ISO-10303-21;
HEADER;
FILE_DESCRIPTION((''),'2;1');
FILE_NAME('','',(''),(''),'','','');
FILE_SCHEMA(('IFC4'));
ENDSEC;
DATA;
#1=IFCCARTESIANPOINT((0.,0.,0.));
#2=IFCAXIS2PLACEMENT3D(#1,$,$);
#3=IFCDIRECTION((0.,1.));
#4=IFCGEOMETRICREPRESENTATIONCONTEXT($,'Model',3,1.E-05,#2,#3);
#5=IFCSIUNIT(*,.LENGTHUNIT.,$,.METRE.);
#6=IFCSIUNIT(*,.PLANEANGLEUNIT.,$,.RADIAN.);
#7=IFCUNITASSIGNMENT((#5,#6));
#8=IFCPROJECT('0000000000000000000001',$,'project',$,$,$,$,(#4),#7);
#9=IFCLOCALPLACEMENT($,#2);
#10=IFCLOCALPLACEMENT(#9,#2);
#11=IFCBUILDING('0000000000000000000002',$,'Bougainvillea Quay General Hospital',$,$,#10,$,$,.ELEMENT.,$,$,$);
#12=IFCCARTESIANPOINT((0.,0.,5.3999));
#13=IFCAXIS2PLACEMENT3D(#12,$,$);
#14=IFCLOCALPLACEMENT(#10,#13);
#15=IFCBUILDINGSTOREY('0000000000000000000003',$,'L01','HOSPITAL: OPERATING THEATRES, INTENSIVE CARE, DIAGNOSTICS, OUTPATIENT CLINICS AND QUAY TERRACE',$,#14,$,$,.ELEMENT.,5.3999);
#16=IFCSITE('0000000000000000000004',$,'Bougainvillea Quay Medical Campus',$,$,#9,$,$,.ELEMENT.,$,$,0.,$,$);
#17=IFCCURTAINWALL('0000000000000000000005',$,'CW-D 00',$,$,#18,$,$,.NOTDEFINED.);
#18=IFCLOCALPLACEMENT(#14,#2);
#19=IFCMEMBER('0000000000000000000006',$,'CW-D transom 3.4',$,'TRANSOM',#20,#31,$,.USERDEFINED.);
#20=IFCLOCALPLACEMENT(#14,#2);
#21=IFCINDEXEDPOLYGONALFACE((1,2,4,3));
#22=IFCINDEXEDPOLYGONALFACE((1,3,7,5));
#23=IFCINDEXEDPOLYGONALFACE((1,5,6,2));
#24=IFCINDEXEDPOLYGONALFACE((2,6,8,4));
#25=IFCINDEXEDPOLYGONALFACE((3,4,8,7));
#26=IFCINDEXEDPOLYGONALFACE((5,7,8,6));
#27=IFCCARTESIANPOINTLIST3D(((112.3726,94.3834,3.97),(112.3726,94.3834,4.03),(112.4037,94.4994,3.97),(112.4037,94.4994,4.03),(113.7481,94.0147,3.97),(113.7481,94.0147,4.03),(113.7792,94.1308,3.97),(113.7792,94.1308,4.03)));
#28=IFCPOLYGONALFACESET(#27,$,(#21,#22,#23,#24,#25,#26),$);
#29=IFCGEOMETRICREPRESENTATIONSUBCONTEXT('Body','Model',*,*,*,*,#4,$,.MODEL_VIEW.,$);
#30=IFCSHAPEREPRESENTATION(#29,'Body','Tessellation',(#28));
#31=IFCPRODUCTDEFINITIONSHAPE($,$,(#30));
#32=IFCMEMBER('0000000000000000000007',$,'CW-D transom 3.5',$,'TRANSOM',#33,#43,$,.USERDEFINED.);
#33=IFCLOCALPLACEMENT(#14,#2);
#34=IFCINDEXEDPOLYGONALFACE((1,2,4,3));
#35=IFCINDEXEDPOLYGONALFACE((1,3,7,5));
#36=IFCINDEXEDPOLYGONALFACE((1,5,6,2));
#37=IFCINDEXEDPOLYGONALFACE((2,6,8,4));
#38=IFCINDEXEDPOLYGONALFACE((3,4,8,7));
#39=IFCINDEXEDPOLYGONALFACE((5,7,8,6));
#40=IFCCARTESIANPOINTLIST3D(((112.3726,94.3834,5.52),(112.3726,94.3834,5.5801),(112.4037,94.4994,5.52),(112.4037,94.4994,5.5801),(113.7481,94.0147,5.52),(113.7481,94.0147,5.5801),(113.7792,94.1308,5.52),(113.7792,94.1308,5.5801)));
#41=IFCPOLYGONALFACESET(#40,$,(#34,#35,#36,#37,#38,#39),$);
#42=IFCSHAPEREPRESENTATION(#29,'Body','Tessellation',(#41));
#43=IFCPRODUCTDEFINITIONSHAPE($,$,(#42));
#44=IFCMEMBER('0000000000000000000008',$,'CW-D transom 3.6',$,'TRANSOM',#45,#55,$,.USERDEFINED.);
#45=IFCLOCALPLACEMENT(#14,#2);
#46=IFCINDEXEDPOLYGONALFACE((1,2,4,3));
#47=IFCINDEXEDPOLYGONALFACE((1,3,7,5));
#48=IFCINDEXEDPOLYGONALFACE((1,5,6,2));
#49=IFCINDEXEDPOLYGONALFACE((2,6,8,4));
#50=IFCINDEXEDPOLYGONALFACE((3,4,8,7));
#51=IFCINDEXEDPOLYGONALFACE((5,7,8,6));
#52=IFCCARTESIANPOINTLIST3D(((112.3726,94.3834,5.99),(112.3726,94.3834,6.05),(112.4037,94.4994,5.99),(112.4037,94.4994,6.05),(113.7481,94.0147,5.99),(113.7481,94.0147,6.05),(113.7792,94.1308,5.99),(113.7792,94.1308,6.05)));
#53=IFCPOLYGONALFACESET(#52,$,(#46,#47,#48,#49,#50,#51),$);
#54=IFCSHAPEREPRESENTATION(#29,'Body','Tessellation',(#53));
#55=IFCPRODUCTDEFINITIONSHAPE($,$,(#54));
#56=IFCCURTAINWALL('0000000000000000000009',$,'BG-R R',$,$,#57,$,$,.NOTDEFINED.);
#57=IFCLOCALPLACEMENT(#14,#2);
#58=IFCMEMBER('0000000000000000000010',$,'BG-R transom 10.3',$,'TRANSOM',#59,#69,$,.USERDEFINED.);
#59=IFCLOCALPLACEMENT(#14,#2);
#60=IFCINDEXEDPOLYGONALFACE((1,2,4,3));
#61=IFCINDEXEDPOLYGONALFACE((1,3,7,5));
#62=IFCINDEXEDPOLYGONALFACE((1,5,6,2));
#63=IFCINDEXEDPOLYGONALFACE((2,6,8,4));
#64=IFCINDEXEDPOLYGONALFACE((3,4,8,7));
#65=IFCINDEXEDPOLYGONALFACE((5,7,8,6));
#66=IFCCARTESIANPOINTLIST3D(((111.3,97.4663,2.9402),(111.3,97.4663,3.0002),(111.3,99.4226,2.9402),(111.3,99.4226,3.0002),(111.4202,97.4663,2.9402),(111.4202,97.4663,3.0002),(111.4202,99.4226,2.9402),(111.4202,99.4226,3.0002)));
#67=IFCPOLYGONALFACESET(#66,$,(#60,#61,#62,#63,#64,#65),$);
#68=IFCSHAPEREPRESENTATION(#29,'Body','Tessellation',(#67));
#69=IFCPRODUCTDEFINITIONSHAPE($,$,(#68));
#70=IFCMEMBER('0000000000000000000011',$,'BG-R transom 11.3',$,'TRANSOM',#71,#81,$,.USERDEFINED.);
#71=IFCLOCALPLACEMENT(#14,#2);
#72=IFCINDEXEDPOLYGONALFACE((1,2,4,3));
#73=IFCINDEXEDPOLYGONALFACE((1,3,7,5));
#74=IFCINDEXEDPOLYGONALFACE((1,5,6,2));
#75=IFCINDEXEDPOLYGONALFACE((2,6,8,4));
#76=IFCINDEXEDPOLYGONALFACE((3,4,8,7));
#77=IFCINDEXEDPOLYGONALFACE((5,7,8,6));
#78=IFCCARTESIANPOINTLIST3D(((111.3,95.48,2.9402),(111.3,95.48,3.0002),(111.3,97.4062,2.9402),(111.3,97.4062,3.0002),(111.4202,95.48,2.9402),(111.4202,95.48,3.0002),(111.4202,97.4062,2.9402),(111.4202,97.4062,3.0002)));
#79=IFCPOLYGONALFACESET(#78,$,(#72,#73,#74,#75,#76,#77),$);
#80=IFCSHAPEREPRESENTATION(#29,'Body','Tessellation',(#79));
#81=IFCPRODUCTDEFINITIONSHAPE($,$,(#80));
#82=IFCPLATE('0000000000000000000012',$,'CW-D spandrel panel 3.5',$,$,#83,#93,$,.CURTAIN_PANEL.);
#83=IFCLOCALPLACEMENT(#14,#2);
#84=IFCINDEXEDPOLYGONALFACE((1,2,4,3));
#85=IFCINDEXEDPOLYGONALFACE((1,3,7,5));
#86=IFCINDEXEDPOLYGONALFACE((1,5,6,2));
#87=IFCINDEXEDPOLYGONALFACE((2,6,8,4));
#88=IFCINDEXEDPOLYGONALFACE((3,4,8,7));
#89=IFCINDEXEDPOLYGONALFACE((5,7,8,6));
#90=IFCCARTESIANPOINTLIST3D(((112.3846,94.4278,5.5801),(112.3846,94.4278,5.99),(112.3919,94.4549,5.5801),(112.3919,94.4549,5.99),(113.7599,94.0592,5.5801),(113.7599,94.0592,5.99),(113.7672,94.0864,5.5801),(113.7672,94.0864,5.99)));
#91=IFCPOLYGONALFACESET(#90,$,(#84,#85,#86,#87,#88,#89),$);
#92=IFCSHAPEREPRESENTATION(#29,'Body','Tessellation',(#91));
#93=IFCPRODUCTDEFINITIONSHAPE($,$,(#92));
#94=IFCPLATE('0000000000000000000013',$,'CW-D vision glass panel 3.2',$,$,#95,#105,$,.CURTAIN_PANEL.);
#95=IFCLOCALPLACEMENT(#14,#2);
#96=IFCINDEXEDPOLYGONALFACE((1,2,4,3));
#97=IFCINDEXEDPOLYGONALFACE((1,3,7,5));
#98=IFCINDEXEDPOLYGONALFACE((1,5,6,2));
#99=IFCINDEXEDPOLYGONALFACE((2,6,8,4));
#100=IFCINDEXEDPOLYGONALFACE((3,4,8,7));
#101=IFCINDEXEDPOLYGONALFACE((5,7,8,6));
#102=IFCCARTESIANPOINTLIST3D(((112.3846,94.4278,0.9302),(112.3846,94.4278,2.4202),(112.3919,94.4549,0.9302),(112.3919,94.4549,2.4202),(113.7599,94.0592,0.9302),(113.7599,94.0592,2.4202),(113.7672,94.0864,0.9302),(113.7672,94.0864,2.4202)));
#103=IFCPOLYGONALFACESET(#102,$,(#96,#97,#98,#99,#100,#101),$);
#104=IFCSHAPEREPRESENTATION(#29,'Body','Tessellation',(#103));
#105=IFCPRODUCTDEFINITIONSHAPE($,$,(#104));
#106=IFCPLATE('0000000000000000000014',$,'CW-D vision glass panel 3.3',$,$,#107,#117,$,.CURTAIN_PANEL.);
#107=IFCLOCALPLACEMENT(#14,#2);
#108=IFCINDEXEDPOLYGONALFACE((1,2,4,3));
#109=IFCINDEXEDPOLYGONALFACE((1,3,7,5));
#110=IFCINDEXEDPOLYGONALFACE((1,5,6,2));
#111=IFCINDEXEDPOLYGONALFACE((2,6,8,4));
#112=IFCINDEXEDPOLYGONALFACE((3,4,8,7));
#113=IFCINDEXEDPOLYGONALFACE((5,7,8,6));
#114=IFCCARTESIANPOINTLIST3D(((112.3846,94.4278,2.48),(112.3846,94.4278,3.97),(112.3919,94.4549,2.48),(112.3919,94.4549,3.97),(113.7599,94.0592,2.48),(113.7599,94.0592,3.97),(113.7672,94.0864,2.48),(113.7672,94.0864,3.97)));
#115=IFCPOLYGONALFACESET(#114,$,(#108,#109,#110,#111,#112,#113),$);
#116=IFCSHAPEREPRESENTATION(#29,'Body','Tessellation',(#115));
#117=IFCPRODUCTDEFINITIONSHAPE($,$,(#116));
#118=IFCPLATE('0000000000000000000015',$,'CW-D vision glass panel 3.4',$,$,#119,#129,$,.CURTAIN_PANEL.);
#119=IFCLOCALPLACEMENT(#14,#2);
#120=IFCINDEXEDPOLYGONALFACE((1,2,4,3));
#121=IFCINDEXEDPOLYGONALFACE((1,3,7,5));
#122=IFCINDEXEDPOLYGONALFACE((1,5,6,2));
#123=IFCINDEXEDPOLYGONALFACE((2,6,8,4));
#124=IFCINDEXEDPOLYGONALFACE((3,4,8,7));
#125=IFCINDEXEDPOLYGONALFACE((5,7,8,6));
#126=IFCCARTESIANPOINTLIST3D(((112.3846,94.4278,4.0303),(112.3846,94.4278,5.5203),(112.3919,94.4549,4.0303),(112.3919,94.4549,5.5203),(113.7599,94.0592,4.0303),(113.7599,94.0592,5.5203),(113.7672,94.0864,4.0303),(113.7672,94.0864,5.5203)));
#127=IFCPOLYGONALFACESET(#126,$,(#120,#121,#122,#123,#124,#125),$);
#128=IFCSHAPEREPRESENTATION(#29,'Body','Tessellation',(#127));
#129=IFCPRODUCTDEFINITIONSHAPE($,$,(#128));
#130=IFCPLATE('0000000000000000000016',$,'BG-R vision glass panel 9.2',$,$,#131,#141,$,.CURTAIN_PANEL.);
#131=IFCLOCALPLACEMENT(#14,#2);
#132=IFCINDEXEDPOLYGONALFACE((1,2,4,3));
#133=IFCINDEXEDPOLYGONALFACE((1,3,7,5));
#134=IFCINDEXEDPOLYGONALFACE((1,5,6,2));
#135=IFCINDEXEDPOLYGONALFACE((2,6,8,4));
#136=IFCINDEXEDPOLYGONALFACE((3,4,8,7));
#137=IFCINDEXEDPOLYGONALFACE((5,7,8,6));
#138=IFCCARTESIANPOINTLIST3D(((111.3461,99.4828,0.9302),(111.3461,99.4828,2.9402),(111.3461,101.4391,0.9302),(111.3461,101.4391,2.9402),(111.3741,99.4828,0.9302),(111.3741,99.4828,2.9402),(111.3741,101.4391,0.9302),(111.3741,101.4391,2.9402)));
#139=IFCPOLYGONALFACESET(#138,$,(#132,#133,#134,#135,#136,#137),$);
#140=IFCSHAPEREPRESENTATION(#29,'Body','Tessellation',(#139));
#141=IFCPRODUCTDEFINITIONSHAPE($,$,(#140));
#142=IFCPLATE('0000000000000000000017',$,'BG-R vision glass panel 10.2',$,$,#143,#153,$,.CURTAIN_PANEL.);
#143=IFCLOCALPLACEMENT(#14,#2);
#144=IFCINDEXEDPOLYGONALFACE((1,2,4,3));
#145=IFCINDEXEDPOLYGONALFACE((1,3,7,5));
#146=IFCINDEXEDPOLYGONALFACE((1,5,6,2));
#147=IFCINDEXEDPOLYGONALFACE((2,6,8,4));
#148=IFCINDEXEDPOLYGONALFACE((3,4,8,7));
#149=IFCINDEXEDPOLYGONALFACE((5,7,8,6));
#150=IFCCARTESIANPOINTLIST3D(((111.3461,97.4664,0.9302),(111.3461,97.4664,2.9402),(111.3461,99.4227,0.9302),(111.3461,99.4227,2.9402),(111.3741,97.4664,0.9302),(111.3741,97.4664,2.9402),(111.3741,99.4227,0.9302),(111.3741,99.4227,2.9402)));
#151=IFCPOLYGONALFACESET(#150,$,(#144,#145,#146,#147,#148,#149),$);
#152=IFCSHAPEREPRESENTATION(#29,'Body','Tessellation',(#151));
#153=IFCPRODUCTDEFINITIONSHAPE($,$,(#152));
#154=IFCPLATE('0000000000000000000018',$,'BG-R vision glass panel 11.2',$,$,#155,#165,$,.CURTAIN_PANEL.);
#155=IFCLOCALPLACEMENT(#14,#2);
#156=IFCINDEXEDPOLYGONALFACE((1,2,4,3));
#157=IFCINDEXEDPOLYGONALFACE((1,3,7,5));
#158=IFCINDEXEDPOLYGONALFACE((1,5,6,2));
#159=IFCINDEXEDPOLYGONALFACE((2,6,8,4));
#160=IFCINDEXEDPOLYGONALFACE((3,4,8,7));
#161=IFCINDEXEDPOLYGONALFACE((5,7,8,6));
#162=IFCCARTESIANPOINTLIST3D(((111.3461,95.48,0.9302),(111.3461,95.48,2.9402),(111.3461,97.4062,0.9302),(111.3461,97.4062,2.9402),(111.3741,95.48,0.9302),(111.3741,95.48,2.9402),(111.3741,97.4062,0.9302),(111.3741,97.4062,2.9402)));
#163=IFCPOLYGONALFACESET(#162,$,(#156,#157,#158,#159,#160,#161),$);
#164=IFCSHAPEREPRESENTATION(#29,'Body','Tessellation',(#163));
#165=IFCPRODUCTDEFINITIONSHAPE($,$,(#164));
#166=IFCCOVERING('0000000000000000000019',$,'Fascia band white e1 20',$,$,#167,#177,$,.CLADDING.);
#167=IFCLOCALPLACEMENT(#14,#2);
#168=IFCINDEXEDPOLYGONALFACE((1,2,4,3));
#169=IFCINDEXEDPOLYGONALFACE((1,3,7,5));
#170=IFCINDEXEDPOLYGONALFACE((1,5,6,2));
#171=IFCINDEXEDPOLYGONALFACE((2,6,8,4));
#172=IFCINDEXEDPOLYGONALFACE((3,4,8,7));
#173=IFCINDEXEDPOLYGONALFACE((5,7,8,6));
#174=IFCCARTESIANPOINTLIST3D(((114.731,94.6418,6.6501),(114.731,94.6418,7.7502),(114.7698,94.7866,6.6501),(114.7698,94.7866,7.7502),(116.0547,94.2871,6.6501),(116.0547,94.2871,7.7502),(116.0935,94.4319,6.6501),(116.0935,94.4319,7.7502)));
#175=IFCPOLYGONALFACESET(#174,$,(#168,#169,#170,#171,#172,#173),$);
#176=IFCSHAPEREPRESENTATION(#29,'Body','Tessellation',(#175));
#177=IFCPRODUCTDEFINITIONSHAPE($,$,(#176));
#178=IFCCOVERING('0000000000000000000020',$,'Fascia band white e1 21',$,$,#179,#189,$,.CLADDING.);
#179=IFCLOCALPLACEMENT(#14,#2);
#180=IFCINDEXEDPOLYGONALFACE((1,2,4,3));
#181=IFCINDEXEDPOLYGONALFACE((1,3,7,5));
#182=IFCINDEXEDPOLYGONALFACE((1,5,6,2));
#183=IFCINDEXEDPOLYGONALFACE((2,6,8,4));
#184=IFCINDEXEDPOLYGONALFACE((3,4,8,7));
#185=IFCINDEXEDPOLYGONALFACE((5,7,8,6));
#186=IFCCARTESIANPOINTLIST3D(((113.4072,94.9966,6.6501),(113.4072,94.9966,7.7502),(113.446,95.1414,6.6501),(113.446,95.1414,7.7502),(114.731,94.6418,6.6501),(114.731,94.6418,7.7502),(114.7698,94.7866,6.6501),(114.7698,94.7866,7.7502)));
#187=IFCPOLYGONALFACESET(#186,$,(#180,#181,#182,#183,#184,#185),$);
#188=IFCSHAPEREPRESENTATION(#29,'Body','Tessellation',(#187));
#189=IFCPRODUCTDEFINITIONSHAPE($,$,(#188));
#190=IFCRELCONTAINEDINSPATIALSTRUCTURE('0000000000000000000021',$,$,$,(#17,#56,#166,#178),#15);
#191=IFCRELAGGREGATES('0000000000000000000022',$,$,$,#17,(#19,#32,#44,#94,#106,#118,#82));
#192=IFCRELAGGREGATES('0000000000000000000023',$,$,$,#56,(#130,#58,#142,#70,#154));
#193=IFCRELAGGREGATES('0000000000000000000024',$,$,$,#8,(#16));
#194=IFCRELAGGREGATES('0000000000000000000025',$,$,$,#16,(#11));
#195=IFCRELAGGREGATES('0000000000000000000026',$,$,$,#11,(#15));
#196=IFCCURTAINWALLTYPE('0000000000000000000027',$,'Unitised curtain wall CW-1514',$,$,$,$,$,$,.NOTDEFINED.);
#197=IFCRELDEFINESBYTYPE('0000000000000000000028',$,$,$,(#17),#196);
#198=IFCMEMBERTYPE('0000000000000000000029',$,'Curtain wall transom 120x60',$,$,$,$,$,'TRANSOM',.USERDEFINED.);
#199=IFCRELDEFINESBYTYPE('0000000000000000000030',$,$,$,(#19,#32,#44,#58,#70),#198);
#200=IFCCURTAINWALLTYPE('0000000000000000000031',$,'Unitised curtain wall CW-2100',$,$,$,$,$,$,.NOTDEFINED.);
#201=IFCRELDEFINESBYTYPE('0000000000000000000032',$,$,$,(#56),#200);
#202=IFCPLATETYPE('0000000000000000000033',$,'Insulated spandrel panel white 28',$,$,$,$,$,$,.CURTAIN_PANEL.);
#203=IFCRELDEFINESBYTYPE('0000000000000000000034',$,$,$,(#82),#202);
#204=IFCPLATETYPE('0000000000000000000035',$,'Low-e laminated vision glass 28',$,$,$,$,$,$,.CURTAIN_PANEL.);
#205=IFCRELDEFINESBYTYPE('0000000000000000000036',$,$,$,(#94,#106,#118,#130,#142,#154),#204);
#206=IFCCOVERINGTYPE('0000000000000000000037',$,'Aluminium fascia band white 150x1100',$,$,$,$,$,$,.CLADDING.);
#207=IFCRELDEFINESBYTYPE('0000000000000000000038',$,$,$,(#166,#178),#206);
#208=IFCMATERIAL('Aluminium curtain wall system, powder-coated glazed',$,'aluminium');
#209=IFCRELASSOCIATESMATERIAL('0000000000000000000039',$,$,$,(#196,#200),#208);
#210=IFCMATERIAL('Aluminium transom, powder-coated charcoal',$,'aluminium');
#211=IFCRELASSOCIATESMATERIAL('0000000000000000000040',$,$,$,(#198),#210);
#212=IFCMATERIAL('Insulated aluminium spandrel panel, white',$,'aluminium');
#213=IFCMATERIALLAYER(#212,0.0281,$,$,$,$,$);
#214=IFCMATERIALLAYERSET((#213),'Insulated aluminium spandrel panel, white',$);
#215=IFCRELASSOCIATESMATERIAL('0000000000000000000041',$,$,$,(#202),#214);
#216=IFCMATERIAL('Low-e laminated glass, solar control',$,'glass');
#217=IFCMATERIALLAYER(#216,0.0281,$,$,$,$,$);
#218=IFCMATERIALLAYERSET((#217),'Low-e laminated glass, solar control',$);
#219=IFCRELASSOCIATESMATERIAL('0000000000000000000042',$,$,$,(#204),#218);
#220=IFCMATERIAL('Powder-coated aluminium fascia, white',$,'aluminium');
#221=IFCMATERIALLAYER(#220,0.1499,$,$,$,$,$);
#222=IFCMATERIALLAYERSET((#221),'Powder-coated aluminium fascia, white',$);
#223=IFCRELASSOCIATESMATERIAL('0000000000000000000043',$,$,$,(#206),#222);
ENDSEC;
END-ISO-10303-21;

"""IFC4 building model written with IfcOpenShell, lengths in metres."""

from ifc_helpers import new_model, si_unit, direction, frame, origin, origin_2d, place, context, subcontext, project, spatial, polyline, rectangle, outline, extrude, material, layer, layer_set, material_profile, profile_set, type_object, element, aggregate, save


model = new_model("IFC4")

# Units and contexts
model_context = context("Model", 3, precision=1e-05, world=origin(), true_north=direction((0.0, 1.0)))
body_context = subcontext(model_context, "Body", "Model", "MODEL_VIEW")
ifc_project = project(units=[si_unit("LENGTHUNIT", "METRE"), si_unit("PLANEANGLEUNIT", "RADIAN")], contexts=[model_context])

# Site, building, storey
site_placement = place(None, origin())
site = spatial("IfcSite", under=ifc_project, at=site_placement, Name="Bougainvillea Quay Medical Campus", CompositionType="ELEMENT", RefElevation=0.0)
building_placement = place(site_placement, origin())
building = spatial("IfcBuilding", under=site, at=building_placement, Name="Bougainvillea Quay General Hospital", CompositionType="ELEMENT")
storey_placement = place(building_placement, frame((0.0, 0.0, 5.3999)))
storey = spatial("IfcBuildingStorey", under=building, at=storey_placement, Name="L01", Description="HOSPITAL: OPERATING THEATRES, INTENSIVE CARE, DIAGNOSTICS, OUTPATIENT CLINICS AND QUAY TERRACE", CompositionType="ELEMENT", Elevation=5.3999)

# Curtain walls, members
ifc_material_1 = material(Name="Aluminium curtain wall system, powder-coated glazed", Category="aluminium")
curtain_wall_type_1 = type_object("IfcCurtainWallType", Name="Unitised curtain wall CW-1514", PredefinedType="NOTDEFINED", material=ifc_material_1)
curtain_wall_1_placement = place(storey_placement, origin())
curtain_wall_1 = element("IfcCurtainWall", 1, at=curtain_wall_1_placement, inside=storey, type_object=curtain_wall_type_1, Name="CW-D 00", PredefinedType="NOTDEFINED")
ifc_material_2 = material(Name="Aluminium transom, powder-coated charcoal", Category="aluminium")
ifc_material_profile_1 = material_profile(ifc_material_2, rectangle(XDim=0.1201, YDim=0.0601, at=origin_2d()))
ifc_profile_set_1 = profile_set([ifc_material_profile_1], Name="Aluminium transom, powder-coated charcoal")
member_type = type_object("IfcMemberType", Name="Curtain wall transom 120x60", ElementType="TRANSOM", PredefinedType="USERDEFINED", material=ifc_profile_set_1)
member_1_placement = place(storey_placement, frame((113.7637, 94.0728, 4.0), z_axis=(-0.96591, 0.258879, 0.0), x_axis=(-0.258879, -0.96591, 0.0)))
member_1 = element("IfcMember", 2, at=member_1_placement, type_object=member_type, Name="CW-D transom 3.4", ObjectType="TRANSOM", PredefinedType="USERDEFINED", context=body_context, shape_type="SweptSolid", body=[
    extrude(rectangle(XDim=0.1201, YDim=0.0601, at=origin_2d()), origin(), (0.0, 0.0, 1.0), 1.4241),
])
member_2_placement = place(storey_placement, frame((113.7637, 94.0728, 5.55), z_axis=(-0.96591, 0.258879, 0.0), x_axis=(-0.258879, -0.96591, 0.0)))
member_2 = element("IfcMember", 3, at=member_2_placement, type_object=member_type, Name="CW-D transom 3.5", ObjectType="TRANSOM", PredefinedType="USERDEFINED", context=body_context, shape_type="SweptSolid", body=[
    extrude(rectangle(XDim=0.1201, YDim=0.0601, at=origin_2d()), origin(), (0.0, 0.0, 1.0), 1.4241),
])
member_3_placement = place(storey_placement, frame((113.7637, 94.0728, 6.02), z_axis=(-0.96591, 0.258879, 0.0), x_axis=(-0.258879, -0.96591, 0.0)))
member_3 = element("IfcMember", 4, at=member_3_placement, type_object=member_type, Name="CW-D transom 3.6", ObjectType="TRANSOM", PredefinedType="USERDEFINED", context=body_context, shape_type="SweptSolid", body=[
    extrude(rectangle(XDim=0.1201, YDim=0.0601, at=origin_2d()), origin(), (0.0, 0.0, 1.0), 1.4241),
])
curtain_wall_type_2 = type_object("IfcCurtainWallType", Name="Unitised curtain wall CW-2100", PredefinedType="NOTDEFINED", material=ifc_material_1)
curtain_wall_2_placement = place(storey_placement, origin())
curtain_wall_2 = element("IfcCurtainWall", 5, at=curtain_wall_2_placement, inside=storey, type_object=curtain_wall_type_2, Name="BG-R R", PredefinedType="NOTDEFINED")
member_4_placement = place(storey_placement, frame((111.3601, 99.4226, 2.9702), z_axis=(0.0, -1.0, 0.0), x_axis=(1.0, 0.0, 0.0)))
member_4 = element("IfcMember", 6, at=member_4_placement, type_object=member_type, Name="BG-R transom 10.3", ObjectType="TRANSOM", PredefinedType="USERDEFINED", context=body_context, shape_type="SweptSolid", body=[
    extrude(rectangle(XDim=0.1201, YDim=0.0601, at=origin_2d()), origin(), (0.0, 0.0, 1.0), 1.9563),
])
member_5_placement = place(storey_placement, frame((111.3601, 97.4062, 2.9702), z_axis=(0.0, -1.0, 0.0), x_axis=(1.0, 0.0, 0.0)))
member_5 = element("IfcMember", 7, at=member_5_placement, type_object=member_type, Name="BG-R transom 11.3", ObjectType="TRANSOM", PredefinedType="USERDEFINED", context=body_context, shape_type="SweptSolid", body=[
    extrude(rectangle(XDim=0.1201, YDim=0.0601, at=origin_2d()), origin(), (0.0, 0.0, 1.0), 1.9263),
])

# Plates
ifc_material_3 = material(Name="Insulated aluminium spandrel panel, white", Category="aluminium")
ifc_layer_1 = layer(ifc_material_3, 0.0281)
ifc_layer_set_1 = layer_set([ifc_layer_1], Name="Insulated aluminium spandrel panel, white")
plate_type_1 = type_object("IfcPlateType", Name="Insulated spandrel panel white 28", PredefinedType="CURTAIN_PANEL", material=ifc_layer_set_1)
plate_1_placement = place(storey_placement, frame((113.0759, 94.2571, 5.5801), z_axis=(0.0, 0.0, 1.0), x_axis=(-0.965916, 0.258855, 0.0)))
plate_1 = element("IfcPlate", 8, at=plate_1_placement, type_object=plate_type_1, Name="CW-D spandrel panel 3.5", PredefinedType="CURTAIN_PANEL", context=body_context, shape_type="SweptSolid", body=[
    extrude(rectangle(XDim=1.4238, YDim=0.0281, at=origin_2d()), origin(), (0.0, 0.0, 1.0), 0.4099),
])
ifc_material_4 = material(Name="Low-e laminated glass, solar control", Category="glass")
ifc_layer_2 = layer(ifc_material_4, 0.0281)
ifc_layer_set_2 = layer_set([ifc_layer_2], Name="Low-e laminated glass, solar control")
plate_type_2 = type_object("IfcPlateType", Name="Low-e laminated vision glass 28", PredefinedType="CURTAIN_PANEL", material=ifc_layer_set_2)
plate_2_placement = place(storey_placement, frame((113.0759, 94.2571, 0.9302), z_axis=(0.0, 0.0, 1.0), x_axis=(-0.965916, 0.258855, 0.0)))
plate_2 = element("IfcPlate", 9, at=plate_2_placement, type_object=plate_type_2, Name="CW-D vision glass panel 3.2", PredefinedType="CURTAIN_PANEL", context=body_context, shape_type="SweptSolid", body=[
    extrude(rectangle(XDim=1.4238, YDim=0.0281, at=origin_2d()), origin(), (0.0, 0.0, 1.0), 1.49),
])
plate_3_placement = place(storey_placement, frame((113.0759, 94.2571, 2.48), z_axis=(0.0, 0.0, 1.0), x_axis=(-0.965916, 0.258855, 0.0)))
plate_3 = element("IfcPlate", 10, at=plate_3_placement, type_object=plate_type_2, Name="CW-D vision glass panel 3.3", PredefinedType="CURTAIN_PANEL", context=body_context, shape_type="SweptSolid", body=[
    extrude(rectangle(XDim=1.4238, YDim=0.0281, at=origin_2d()), origin(), (0.0, 0.0, 1.0), 1.49),
])
plate_4_placement = place(storey_placement, frame((113.0759, 94.2571, 4.0303), z_axis=(0.0, 0.0, 1.0), x_axis=(-0.965916, 0.258855, 0.0)))
plate_4 = element("IfcPlate", 11, at=plate_4_placement, type_object=plate_type_2, Name="CW-D vision glass panel 3.4", PredefinedType="CURTAIN_PANEL", context=body_context, shape_type="SweptSolid", body=[
    extrude(rectangle(XDim=1.4238, YDim=0.0281, at=origin_2d()), origin(), (0.0, 0.0, 1.0), 1.49),
])
aggregate(curtain_wall_1, [member_1, member_2, member_3, plate_2, plate_3, plate_4, plate_1])
plate_5_placement = place(storey_placement, frame((111.3601, 100.4609, 0.9302), z_axis=(0.0, 0.0, 1.0), x_axis=(0.0, -1.0, 0.0)))
plate_5 = element("IfcPlate", 12, at=plate_5_placement, type_object=plate_type_2, Name="BG-R vision glass panel 9.2", PredefinedType="CURTAIN_PANEL", context=body_context, shape_type="SweptSolid", body=[
    extrude(rectangle(XDim=1.9563, YDim=0.0281, at=origin_2d()), origin(), (0.0, 0.0, 1.0), 2.01),
])
plate_6_placement = place(storey_placement, frame((111.3601, 98.4446, 0.9302), z_axis=(0.0, 0.0, 1.0), x_axis=(0.0, -1.0, 0.0)))
plate_6 = element("IfcPlate", 13, at=plate_6_placement, type_object=plate_type_2, Name="BG-R vision glass panel 10.2", PredefinedType="CURTAIN_PANEL", context=body_context, shape_type="SweptSolid", body=[
    extrude(rectangle(XDim=1.9563, YDim=0.0281, at=origin_2d()), origin(), (0.0, 0.0, 1.0), 2.01),
])
plate_7_placement = place(storey_placement, frame((111.3601, 96.4431, 0.9302), z_axis=(0.0, 0.0, 1.0), x_axis=(0.0, -1.0, 0.0)))
plate_7 = element("IfcPlate", 14, at=plate_7_placement, type_object=plate_type_2, Name="BG-R vision glass panel 11.2", PredefinedType="CURTAIN_PANEL", context=body_context, shape_type="SweptSolid", body=[
    extrude(rectangle(XDim=1.9263, YDim=0.0281, at=origin_2d()), origin(), (0.0, 0.0, 1.0), 2.01),
])
aggregate(curtain_wall_2, [plate_5, member_4, plate_6, member_5, plate_7])

# Coverings
ifc_material_5 = material(Name="Powder-coated aluminium fascia, white", Category="aluminium")
ifc_layer_3 = layer(ifc_material_5, 0.1499)
ifc_layer_set_3 = layer_set([ifc_layer_3], Name="Powder-coated aluminium fascia, white")
covering_type = type_object("IfcCoveringType", Name="Aluminium fascia band white 150x1100", PredefinedType="CLADDING", material=ifc_layer_set_3)
for number, where, z_axis, x_axis, name in (
    (15, (116.0547, 94.2871, 6.6501), (0.0, 0.0, 1.0), (-0.965918, 0.258849, 0.0), "Fascia band white e1 20"),
    (16, (114.731, 94.6418, 6.6501), (0.0, 0.0, 1.0), (-0.965918, 0.258849, 0.0), "Fascia band white e1 21"),
):
    element("IfcCovering", number, at=place(storey_placement, frame(where, z_axis=z_axis, x_axis=x_axis)), inside=storey, type_object=covering_type, Name=name, PredefinedType="CLADDING", context=body_context, shape_type="SweptSolid", body=[
        extrude(outline(polyline([(0.0, 0.0), (1.3704, 0.0), (1.3704, -0.1499), (0.0, -0.1499), (0.0, 0.0)])), origin(), (0.0, 0.0, 1.0), 1.1001),
    ])

save(model, "model.ifc")
